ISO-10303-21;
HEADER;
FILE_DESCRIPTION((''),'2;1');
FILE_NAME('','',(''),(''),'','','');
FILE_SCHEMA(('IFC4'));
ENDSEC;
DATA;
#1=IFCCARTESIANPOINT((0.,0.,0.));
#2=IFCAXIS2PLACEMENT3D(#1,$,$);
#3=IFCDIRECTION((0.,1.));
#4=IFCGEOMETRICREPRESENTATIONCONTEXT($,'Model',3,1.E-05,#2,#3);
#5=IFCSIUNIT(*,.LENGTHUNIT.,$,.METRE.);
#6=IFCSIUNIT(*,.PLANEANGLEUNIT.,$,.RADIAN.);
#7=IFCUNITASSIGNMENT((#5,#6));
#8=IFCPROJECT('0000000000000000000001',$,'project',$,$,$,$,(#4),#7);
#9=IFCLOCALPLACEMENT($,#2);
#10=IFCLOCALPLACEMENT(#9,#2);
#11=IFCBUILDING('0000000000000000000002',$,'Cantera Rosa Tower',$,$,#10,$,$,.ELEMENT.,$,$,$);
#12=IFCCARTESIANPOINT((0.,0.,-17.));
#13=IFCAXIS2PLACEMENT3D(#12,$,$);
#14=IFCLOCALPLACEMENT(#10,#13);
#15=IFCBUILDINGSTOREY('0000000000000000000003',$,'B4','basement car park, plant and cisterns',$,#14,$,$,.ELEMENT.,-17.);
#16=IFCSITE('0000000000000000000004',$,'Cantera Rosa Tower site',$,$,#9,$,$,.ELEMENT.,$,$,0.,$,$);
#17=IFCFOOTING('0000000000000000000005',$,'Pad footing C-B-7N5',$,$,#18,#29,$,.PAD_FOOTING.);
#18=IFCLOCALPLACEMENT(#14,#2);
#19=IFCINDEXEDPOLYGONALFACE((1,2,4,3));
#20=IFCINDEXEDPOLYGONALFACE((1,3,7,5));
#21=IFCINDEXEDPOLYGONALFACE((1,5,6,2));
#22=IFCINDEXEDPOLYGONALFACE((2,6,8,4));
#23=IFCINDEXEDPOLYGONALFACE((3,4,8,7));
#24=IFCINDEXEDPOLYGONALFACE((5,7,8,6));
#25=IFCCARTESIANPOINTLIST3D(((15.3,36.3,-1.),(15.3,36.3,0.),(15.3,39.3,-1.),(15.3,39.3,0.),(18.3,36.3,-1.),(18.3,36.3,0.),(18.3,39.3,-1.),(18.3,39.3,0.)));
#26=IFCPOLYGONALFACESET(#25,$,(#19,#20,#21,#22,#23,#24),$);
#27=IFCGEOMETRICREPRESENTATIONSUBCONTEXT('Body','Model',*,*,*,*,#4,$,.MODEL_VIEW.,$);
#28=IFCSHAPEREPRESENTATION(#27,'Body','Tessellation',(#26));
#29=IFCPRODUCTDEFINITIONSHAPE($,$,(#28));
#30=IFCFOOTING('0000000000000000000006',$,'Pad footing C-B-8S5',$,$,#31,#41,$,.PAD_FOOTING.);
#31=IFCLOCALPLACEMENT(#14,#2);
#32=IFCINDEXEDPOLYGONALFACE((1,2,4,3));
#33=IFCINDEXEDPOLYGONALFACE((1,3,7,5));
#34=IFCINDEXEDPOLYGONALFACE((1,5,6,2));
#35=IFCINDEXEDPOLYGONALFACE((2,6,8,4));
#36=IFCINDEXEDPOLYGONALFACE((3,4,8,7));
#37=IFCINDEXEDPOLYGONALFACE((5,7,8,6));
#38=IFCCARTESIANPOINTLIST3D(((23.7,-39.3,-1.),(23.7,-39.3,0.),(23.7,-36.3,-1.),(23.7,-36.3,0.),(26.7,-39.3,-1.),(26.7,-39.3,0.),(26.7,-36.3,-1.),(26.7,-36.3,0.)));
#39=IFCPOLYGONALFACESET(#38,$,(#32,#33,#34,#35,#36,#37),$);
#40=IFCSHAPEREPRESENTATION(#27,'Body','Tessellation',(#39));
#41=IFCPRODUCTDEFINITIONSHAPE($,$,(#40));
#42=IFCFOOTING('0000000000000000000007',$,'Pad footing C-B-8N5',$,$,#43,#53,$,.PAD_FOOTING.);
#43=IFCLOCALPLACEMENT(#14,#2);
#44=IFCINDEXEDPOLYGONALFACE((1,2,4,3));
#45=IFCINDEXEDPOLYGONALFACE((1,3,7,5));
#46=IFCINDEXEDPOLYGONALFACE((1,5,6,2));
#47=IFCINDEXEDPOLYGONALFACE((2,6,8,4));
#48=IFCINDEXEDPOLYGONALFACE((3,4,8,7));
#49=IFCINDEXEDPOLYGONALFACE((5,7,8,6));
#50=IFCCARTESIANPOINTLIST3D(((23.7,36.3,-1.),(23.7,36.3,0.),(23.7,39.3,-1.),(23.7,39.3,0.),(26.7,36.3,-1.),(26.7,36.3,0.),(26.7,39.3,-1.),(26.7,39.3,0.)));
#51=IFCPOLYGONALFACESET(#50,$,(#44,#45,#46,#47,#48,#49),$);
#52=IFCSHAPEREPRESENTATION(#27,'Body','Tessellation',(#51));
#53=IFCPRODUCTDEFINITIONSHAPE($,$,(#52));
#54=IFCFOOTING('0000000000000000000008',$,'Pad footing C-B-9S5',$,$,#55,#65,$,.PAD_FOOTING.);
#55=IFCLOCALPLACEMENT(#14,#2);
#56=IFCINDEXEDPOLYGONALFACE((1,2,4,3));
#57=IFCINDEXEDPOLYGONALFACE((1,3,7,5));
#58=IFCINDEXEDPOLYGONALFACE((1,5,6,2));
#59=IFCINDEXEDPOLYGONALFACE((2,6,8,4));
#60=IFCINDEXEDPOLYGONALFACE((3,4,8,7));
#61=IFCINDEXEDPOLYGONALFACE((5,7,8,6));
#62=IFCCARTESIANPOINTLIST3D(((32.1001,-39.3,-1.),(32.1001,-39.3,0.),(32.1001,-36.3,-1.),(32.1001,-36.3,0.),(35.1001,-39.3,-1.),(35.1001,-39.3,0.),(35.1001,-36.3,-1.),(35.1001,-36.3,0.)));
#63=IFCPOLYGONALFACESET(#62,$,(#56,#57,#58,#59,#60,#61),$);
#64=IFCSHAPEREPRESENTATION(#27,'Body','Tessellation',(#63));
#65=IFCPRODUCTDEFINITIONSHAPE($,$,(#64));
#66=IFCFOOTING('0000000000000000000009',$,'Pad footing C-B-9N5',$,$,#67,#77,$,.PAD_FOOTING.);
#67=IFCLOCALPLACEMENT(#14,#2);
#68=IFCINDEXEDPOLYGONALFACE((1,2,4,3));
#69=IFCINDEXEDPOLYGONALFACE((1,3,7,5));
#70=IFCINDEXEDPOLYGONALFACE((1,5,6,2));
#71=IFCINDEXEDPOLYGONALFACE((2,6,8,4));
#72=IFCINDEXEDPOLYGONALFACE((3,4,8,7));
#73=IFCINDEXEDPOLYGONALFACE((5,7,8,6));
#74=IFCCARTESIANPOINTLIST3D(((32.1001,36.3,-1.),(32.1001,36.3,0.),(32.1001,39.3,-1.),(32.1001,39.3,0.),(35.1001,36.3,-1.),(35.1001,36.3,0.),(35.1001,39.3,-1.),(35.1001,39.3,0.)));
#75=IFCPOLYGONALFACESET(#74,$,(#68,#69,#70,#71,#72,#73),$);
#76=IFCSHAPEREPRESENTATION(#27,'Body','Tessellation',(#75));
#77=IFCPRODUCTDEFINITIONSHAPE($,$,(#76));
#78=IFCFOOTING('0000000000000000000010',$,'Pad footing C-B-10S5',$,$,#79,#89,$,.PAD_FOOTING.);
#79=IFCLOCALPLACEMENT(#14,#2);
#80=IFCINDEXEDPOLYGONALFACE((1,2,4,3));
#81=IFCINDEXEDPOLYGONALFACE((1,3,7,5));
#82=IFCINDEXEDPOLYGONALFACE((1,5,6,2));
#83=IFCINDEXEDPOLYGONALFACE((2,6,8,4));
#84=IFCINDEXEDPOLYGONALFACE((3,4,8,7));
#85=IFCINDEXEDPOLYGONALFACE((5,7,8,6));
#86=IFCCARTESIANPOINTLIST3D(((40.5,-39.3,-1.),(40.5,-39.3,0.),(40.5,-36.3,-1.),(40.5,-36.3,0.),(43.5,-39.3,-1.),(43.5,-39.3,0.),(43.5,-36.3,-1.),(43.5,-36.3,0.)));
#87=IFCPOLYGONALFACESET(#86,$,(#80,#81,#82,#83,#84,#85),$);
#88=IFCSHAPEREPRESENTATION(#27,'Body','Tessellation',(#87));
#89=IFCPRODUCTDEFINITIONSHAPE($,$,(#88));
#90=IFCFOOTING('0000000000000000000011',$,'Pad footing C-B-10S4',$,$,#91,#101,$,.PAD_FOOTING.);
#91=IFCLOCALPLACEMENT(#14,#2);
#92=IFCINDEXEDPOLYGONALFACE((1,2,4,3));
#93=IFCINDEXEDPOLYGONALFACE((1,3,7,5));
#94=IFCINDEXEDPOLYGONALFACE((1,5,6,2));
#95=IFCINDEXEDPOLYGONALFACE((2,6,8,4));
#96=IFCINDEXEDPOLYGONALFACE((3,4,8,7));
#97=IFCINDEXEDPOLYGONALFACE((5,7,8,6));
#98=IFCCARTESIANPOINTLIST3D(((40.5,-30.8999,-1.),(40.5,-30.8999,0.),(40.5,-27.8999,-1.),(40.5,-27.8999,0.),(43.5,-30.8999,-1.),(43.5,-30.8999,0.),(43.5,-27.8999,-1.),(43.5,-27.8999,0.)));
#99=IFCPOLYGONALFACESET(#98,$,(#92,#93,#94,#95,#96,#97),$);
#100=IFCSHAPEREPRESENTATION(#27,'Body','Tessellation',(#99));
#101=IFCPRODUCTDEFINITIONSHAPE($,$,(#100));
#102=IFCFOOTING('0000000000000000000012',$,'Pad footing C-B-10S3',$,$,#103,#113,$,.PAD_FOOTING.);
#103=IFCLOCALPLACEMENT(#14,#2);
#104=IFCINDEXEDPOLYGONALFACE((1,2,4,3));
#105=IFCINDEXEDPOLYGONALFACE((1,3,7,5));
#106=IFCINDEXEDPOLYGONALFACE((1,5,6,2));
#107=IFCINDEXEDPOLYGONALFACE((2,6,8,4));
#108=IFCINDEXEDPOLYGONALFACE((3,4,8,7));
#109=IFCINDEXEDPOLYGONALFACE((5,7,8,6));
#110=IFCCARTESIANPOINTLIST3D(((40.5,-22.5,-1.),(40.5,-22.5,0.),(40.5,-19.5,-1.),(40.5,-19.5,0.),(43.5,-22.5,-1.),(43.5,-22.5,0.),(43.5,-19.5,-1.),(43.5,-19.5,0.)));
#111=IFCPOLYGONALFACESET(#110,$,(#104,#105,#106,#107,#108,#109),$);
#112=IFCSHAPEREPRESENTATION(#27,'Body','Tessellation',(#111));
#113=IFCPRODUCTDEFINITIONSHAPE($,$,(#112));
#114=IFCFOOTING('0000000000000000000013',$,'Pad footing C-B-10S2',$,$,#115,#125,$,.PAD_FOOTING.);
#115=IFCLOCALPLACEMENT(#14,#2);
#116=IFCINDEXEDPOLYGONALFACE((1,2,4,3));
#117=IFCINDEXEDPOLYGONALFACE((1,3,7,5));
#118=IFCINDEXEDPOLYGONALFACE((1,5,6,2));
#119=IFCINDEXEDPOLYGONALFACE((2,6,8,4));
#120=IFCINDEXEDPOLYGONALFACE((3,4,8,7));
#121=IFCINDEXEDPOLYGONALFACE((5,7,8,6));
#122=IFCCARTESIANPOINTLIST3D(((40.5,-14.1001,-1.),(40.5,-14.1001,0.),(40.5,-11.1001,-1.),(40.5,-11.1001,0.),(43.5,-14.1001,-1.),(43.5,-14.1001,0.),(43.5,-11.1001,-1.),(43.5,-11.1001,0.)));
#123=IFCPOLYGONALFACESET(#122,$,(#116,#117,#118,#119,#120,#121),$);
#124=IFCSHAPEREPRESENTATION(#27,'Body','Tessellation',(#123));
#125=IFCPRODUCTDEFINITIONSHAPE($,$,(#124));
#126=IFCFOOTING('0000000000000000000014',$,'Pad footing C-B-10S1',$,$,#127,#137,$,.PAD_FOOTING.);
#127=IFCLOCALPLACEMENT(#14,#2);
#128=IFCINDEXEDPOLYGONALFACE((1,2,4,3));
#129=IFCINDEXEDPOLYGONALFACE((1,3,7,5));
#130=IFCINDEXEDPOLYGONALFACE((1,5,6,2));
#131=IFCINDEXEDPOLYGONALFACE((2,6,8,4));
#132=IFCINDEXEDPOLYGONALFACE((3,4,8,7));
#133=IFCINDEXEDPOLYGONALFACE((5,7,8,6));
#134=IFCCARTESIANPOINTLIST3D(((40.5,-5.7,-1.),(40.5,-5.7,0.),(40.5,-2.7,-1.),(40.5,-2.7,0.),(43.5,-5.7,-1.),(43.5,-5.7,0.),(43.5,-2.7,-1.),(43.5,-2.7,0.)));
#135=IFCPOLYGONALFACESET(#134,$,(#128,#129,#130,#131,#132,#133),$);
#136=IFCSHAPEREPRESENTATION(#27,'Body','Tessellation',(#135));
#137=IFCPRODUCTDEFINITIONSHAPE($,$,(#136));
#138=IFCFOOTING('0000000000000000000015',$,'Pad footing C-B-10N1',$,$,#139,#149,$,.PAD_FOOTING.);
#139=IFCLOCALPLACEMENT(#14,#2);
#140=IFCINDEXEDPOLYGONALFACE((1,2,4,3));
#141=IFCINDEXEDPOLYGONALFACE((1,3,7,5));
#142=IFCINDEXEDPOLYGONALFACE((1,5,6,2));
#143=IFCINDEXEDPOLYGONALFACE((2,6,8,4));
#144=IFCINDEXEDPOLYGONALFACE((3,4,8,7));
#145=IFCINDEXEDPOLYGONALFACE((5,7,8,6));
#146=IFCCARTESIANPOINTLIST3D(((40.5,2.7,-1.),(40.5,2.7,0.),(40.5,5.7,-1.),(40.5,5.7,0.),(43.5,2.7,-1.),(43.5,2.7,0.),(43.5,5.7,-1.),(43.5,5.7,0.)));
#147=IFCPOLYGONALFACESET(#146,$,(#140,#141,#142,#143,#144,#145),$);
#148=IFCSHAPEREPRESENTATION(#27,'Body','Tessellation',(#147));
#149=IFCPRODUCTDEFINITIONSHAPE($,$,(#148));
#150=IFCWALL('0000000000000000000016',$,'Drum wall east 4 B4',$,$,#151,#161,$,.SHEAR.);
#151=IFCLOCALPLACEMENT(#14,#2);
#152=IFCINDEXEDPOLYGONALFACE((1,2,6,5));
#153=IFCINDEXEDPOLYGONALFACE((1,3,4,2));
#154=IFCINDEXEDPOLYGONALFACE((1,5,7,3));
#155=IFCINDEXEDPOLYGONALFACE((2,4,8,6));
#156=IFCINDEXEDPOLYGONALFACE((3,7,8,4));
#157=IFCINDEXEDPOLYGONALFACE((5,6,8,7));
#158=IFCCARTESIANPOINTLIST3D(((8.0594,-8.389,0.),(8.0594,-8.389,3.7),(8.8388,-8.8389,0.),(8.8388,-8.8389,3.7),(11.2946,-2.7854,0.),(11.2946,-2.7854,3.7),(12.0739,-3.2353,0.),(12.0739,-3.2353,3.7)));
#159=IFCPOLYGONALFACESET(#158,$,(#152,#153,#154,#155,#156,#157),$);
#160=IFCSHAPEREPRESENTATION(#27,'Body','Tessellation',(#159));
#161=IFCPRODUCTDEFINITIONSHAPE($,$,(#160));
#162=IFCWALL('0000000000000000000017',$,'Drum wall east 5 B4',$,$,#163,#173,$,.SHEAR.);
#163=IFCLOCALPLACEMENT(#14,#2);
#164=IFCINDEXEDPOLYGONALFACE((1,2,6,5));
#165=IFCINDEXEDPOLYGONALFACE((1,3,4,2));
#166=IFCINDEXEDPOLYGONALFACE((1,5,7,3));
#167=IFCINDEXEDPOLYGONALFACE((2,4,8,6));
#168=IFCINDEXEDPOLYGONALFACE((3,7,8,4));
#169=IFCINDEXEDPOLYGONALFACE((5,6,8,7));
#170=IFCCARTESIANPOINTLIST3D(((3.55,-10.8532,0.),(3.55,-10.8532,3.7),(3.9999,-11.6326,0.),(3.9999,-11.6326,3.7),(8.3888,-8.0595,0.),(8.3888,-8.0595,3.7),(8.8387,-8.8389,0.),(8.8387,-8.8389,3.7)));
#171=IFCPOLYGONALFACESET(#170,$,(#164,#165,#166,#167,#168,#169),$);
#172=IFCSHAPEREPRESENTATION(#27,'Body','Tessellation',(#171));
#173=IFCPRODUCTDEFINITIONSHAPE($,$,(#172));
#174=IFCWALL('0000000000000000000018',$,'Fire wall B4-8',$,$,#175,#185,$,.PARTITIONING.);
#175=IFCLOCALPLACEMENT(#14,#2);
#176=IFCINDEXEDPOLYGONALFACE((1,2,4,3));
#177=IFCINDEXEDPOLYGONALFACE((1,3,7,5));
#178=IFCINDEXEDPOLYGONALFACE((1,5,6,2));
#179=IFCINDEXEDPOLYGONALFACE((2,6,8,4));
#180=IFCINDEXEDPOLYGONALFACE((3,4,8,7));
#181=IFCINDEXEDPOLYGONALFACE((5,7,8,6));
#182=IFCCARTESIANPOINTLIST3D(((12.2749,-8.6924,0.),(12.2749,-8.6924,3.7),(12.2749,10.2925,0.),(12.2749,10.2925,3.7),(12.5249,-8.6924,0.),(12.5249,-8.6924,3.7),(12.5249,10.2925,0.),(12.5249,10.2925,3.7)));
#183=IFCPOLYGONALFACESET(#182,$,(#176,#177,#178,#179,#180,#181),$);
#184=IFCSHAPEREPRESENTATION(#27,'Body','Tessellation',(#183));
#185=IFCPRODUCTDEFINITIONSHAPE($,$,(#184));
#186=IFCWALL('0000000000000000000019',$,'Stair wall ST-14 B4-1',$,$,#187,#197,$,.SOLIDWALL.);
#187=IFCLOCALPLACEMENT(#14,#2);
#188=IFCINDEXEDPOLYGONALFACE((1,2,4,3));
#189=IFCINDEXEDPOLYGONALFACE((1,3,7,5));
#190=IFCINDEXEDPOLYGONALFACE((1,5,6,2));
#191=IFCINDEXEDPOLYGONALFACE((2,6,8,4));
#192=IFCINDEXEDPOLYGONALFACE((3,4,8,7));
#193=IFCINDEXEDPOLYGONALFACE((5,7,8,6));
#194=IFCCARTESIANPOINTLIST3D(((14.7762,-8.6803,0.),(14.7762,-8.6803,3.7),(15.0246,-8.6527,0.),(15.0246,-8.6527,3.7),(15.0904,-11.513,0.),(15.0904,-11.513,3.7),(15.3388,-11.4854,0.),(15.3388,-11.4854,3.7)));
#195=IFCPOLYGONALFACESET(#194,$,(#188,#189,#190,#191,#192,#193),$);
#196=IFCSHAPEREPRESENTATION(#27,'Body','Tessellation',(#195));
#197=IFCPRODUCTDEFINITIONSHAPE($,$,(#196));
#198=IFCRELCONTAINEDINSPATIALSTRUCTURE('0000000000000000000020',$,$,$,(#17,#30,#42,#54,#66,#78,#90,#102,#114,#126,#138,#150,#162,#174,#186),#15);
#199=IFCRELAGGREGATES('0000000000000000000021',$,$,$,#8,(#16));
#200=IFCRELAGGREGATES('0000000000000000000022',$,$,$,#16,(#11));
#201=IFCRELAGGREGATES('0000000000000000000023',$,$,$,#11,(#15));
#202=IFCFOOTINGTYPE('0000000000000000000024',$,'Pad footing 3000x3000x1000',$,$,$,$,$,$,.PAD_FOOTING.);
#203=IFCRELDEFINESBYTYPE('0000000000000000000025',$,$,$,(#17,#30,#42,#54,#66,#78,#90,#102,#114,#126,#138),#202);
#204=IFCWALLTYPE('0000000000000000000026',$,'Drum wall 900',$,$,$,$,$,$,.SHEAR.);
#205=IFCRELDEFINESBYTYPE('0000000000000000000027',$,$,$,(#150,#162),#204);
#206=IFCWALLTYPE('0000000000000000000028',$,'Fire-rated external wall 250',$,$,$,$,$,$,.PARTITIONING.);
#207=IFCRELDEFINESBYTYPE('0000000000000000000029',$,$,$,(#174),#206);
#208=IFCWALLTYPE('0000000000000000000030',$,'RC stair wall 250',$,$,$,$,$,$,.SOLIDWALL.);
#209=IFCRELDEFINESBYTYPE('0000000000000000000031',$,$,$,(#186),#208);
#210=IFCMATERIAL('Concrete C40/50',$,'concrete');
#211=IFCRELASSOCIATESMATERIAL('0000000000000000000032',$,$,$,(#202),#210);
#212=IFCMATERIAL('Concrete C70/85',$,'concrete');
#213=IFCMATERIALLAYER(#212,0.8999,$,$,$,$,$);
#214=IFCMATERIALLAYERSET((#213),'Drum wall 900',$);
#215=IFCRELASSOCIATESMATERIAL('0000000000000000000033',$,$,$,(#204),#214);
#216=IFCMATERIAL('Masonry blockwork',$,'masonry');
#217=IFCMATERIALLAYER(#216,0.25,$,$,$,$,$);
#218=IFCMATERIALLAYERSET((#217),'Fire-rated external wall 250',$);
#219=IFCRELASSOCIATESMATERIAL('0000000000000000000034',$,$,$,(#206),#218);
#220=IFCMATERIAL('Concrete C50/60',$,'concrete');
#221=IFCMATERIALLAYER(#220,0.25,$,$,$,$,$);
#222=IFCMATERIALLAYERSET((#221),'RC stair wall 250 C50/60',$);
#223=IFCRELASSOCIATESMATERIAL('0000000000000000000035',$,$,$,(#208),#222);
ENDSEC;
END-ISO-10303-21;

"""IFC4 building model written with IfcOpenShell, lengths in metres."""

from ifc_helpers import new_model, si_unit, direction, frame, frame_2d, origin, place, context, subcontext, project, spatial, polyline, rectangle, outline, extrude, material, layer, layer_set, type_object, element, save


model = new_model("IFC4")

# Units and contexts
model_context = context("Model", 3, precision=1e-05, world=origin(), true_north=direction((0.0, 1.0)))
body_context = subcontext(model_context, "Body", "Model", "MODEL_VIEW")
ifc_project = project(units=[si_unit("LENGTHUNIT", "METRE"), si_unit("PLANEANGLEUNIT", "RADIAN")], contexts=[model_context])

# Site, building, storey
site_placement = place(None, origin())
site = spatial("IfcSite", under=ifc_project, at=site_placement, Name="Cantera Rosa Tower site", CompositionType="ELEMENT", RefElevation=0.0)
building_placement = place(site_placement, origin())
building = spatial("IfcBuilding", under=site, at=building_placement, Name="Cantera Rosa Tower", CompositionType="ELEMENT")
storey_placement = place(building_placement, frame((0.0, 0.0, -17.0)))
storey = spatial("IfcBuildingStorey", under=building, at=storey_placement, Name="B4", Description="basement car park, plant and cisterns", CompositionType="ELEMENT", Elevation=-17.0)

# Footings
ifc_material_1 = material(Name="Concrete C40/50", Category="concrete")
footing_type = type_object("IfcFootingType", Name="Pad footing 3000x3000x1000", PredefinedType="PAD_FOOTING", material=ifc_material_1)
footing_1_placement = place(storey_placement, frame((0.0, 0.0, -1.0)))
element("IfcFooting", 1, at=footing_1_placement, inside=storey, type_object=footing_type, Name="Pad footing C-B-7N5", PredefinedType="PAD_FOOTING", context=body_context, shape_type="SweptSolid", body=[
    extrude(outline(polyline([(18.3, 36.3), (18.3, 39.3), (15.3, 39.3), (15.3, 36.3), (18.3, 36.3)])), origin(), (0.0, 0.0, 1.0), 1.0),
])
footing_2_placement = place(storey_placement, frame((0.0, 0.0, -1.0)))
element("IfcFooting", 2, at=footing_2_placement, inside=storey, type_object=footing_type, Name="Pad footing C-B-8S5", PredefinedType="PAD_FOOTING", context=body_context, shape_type="SweptSolid", body=[
    extrude(outline(polyline([(26.7, -39.3), (26.7, -36.3), (23.7, -36.3), (23.7, -39.3), (26.7, -39.3)])), origin(), (0.0, 0.0, 1.0), 1.0),
])
footing_3_placement = place(storey_placement, frame((0.0, 0.0, -1.0)))
element("IfcFooting", 3, at=footing_3_placement, inside=storey, type_object=footing_type, Name="Pad footing C-B-8N5", PredefinedType="PAD_FOOTING", context=body_context, shape_type="SweptSolid", body=[
    extrude(outline(polyline([(26.7, 36.3), (26.7, 39.3), (23.7, 39.3), (23.7, 36.3), (26.7, 36.3)])), origin(), (0.0, 0.0, 1.0), 1.0),
])
footing_4_placement = place(storey_placement, frame((0.0, 0.0, -1.0)))
element("IfcFooting", 4, at=footing_4_placement, inside=storey, type_object=footing_type, Name="Pad footing C-B-9S5", PredefinedType="PAD_FOOTING", context=body_context, shape_type="SweptSolid", body=[
    extrude(outline(polyline([(35.1001, -39.3), (35.1001, -36.3), (32.1001, -36.3), (32.1001, -39.3), (35.1001, -39.3)])), origin(), (0.0, 0.0, 1.0), 1.0),
])
footing_5_placement = place(storey_placement, frame((0.0, 0.0, -1.0)))
element("IfcFooting", 5, at=footing_5_placement, inside=storey, type_object=footing_type, Name="Pad footing C-B-9N5", PredefinedType="PAD_FOOTING", context=body_context, shape_type="SweptSolid", body=[
    extrude(outline(polyline([(35.1001, 36.3), (35.1001, 39.3), (32.1001, 39.3), (32.1001, 36.3), (35.1001, 36.3)])), origin(), (0.0, 0.0, 1.0), 1.0),
])
footing_6_placement = place(storey_placement, frame((0.0, 0.0, -1.0)))
element("IfcFooting", 6, at=footing_6_placement, inside=storey, type_object=footing_type, Name="Pad footing C-B-10S5", PredefinedType="PAD_FOOTING", context=body_context, shape_type="SweptSolid", body=[
    extrude(outline(polyline([(43.5, -39.3), (43.5, -36.3), (40.5, -36.3), (40.5, -39.3), (43.5, -39.3)])), origin(), (0.0, 0.0, 1.0), 1.0),
])
footing_7_placement = place(storey_placement, frame((0.0, 0.0, -1.0)))
element("IfcFooting", 7, at=footing_7_placement, inside=storey, type_object=footing_type, Name="Pad footing C-B-10S4", PredefinedType="PAD_FOOTING", context=body_context, shape_type="SweptSolid", body=[
    extrude(outline(polyline([(43.5, -30.8999), (43.5, -27.8999), (40.5, -27.8999), (40.5, -30.8999), (43.5, -30.8999)])), origin(), (0.0, 0.0, 1.0), 1.0),
])
footing_8_placement = place(storey_placement, frame((0.0, 0.0, -1.0)))
element("IfcFooting", 8, at=footing_8_placement, inside=storey, type_object=footing_type, Name="Pad footing C-B-10S3", PredefinedType="PAD_FOOTING", context=body_context, shape_type="SweptSolid", body=[
    extrude(outline(polyline([(43.5, -22.5), (43.5, -19.5), (40.5, -19.5), (40.5, -22.5), (43.5, -22.5)])), origin(), (0.0, 0.0, 1.0), 1.0),
])
footing_9_placement = place(storey_placement, frame((0.0, 0.0, -1.0)))
element("IfcFooting", 9, at=footing_9_placement, inside=storey, type_object=footing_type, Name="Pad footing C-B-10S2", PredefinedType="PAD_FOOTING", context=body_context, shape_type="SweptSolid", body=[
    extrude(outline(polyline([(43.5, -14.1001), (43.5, -11.1001), (40.5, -11.1001), (40.5, -14.1001), (43.5, -14.1001)])), origin(), (0.0, 0.0, 1.0), 1.0),
])
footing_10_placement = place(storey_placement, frame((0.0, 0.0, -1.0)))
element("IfcFooting", 10, at=footing_10_placement, inside=storey, type_object=footing_type, Name="Pad footing C-B-10S1", PredefinedType="PAD_FOOTING", context=body_context, shape_type="SweptSolid", body=[
    extrude(outline(polyline([(43.5, -5.7), (43.5, -2.7), (40.5, -2.7), (40.5, -5.7), (43.5, -5.7)])), origin(), (0.0, 0.0, 1.0), 1.0),
])
footing_11_placement = place(storey_placement, frame((0.0, 0.0, -1.0)))
element("IfcFooting", 11, at=footing_11_placement, inside=storey, type_object=footing_type, Name="Pad footing C-B-10N1", PredefinedType="PAD_FOOTING", context=body_context, shape_type="SweptSolid", body=[
    extrude(outline(polyline([(43.5, 2.7), (43.5, 5.7), (40.5, 5.7), (40.5, 2.7), (43.5, 2.7)])), origin(), (0.0, 0.0, 1.0), 1.0),
])

# Walls
ifc_material_2 = material(Name="Concrete C70/85", Category="concrete")
ifc_layer_1 = layer(ifc_material_2, 0.8999)
ifc_layer_set_1 = layer_set([ifc_layer_1], Name="Drum wall 900")
wall_type_1 = type_object("IfcWallType", Name="Drum wall 900", PredefinedType="SHEAR", material=ifc_layer_set_1)
wall_1_placement = place(storey_placement, frame((11.6843, -3.0103, 0.0), z_axis=(0.0, 0.0, 1.0), x_axis=(-0.49999, -0.866031, 0.0)))
element("IfcWall", 12, at=wall_1_placement, inside=storey, type_object=wall_type_1, Name="Drum wall east 4 B4", PredefinedType="SHEAR", context=body_context, shape_type="SweptSolid", body=[
    extrude(rectangle(XDim=6.4705, YDim=0.8999, at=frame_2d((3.2354, 0.0))), origin(), (0.0, 0.0, 1.0), 3.7),
])
wall_2_placement = place(storey_placement, frame((8.6138, -8.4492, 0.0), z_axis=(0.0, 0.0, 1.0), x_axis=(-0.866027, -0.499997, 0.0)))
element("IfcWall", 13, at=wall_2_placement, inside=storey, type_object=wall_type_1, Name="Drum wall east 5 B4", PredefinedType="SHEAR", context=body_context, shape_type="SweptSolid", body=[
    extrude(rectangle(XDim=5.5874, YDim=0.8999, at=frame_2d((2.7937, 0.0))), origin(), (0.0, 0.0, 1.0), 3.7),
])
ifc_material_3 = material(Name="Masonry blockwork", Category="masonry")
ifc_layer_2 = layer(ifc_material_3, 0.25)
ifc_layer_set_2 = layer_set([ifc_layer_2], Name="Fire-rated external wall 250")
wall_type_2 = type_object("IfcWallType", Name="Fire-rated external wall 250", PredefinedType="PARTITIONING", material=ifc_layer_set_2)
wall_3_placement = place(storey_placement, frame((12.3999, -8.6924, 0.0), z_axis=(0.0, 0.0, 1.0), x_axis=(0.0, 1.0, 0.0)))
element("IfcWall", 14, at=wall_3_placement, inside=storey, type_object=wall_type_2, Name="Fire wall B4-8", PredefinedType="PARTITIONING", context=body_context, shape_type="SweptSolid", body=[
    extrude(rectangle(XDim=18.9849, YDim=0.25, at=frame_2d((9.4924, 0.0))), origin(), (0.0, 0.0, 1.0), 3.7),
])
ifc_material_4 = material(Name="Concrete C50/60", Category="concrete")
ifc_layer_3 = layer(ifc_material_4, 0.25)
ifc_layer_set_3 = layer_set([ifc_layer_3], Name="RC stair wall 250 C50/60")
wall_type_3 = type_object("IfcWallType", Name="RC stair wall 250", PredefinedType="SOLIDWALL", material=ifc_layer_set_3)
wall_4_placement = place(storey_placement, frame((14.9004, -8.6665, 0.0), z_axis=(0.0, 0.0, 1.0), x_axis=(0.110243, -0.993905, 0.0)))
element("IfcWall", 15, at=wall_4_placement, inside=storey, type_object=wall_type_3, Name="Stair wall ST-14 B4-1", PredefinedType="SOLIDWALL", context=body_context, shape_type="SweptSolid", body=[
    extrude(rectangle(XDim=2.8501, YDim=0.25, at=frame_2d((1.425, 0.0))), origin(), (0.0, 0.0, 1.0), 3.7),
])

save(model, "model.ifc")
